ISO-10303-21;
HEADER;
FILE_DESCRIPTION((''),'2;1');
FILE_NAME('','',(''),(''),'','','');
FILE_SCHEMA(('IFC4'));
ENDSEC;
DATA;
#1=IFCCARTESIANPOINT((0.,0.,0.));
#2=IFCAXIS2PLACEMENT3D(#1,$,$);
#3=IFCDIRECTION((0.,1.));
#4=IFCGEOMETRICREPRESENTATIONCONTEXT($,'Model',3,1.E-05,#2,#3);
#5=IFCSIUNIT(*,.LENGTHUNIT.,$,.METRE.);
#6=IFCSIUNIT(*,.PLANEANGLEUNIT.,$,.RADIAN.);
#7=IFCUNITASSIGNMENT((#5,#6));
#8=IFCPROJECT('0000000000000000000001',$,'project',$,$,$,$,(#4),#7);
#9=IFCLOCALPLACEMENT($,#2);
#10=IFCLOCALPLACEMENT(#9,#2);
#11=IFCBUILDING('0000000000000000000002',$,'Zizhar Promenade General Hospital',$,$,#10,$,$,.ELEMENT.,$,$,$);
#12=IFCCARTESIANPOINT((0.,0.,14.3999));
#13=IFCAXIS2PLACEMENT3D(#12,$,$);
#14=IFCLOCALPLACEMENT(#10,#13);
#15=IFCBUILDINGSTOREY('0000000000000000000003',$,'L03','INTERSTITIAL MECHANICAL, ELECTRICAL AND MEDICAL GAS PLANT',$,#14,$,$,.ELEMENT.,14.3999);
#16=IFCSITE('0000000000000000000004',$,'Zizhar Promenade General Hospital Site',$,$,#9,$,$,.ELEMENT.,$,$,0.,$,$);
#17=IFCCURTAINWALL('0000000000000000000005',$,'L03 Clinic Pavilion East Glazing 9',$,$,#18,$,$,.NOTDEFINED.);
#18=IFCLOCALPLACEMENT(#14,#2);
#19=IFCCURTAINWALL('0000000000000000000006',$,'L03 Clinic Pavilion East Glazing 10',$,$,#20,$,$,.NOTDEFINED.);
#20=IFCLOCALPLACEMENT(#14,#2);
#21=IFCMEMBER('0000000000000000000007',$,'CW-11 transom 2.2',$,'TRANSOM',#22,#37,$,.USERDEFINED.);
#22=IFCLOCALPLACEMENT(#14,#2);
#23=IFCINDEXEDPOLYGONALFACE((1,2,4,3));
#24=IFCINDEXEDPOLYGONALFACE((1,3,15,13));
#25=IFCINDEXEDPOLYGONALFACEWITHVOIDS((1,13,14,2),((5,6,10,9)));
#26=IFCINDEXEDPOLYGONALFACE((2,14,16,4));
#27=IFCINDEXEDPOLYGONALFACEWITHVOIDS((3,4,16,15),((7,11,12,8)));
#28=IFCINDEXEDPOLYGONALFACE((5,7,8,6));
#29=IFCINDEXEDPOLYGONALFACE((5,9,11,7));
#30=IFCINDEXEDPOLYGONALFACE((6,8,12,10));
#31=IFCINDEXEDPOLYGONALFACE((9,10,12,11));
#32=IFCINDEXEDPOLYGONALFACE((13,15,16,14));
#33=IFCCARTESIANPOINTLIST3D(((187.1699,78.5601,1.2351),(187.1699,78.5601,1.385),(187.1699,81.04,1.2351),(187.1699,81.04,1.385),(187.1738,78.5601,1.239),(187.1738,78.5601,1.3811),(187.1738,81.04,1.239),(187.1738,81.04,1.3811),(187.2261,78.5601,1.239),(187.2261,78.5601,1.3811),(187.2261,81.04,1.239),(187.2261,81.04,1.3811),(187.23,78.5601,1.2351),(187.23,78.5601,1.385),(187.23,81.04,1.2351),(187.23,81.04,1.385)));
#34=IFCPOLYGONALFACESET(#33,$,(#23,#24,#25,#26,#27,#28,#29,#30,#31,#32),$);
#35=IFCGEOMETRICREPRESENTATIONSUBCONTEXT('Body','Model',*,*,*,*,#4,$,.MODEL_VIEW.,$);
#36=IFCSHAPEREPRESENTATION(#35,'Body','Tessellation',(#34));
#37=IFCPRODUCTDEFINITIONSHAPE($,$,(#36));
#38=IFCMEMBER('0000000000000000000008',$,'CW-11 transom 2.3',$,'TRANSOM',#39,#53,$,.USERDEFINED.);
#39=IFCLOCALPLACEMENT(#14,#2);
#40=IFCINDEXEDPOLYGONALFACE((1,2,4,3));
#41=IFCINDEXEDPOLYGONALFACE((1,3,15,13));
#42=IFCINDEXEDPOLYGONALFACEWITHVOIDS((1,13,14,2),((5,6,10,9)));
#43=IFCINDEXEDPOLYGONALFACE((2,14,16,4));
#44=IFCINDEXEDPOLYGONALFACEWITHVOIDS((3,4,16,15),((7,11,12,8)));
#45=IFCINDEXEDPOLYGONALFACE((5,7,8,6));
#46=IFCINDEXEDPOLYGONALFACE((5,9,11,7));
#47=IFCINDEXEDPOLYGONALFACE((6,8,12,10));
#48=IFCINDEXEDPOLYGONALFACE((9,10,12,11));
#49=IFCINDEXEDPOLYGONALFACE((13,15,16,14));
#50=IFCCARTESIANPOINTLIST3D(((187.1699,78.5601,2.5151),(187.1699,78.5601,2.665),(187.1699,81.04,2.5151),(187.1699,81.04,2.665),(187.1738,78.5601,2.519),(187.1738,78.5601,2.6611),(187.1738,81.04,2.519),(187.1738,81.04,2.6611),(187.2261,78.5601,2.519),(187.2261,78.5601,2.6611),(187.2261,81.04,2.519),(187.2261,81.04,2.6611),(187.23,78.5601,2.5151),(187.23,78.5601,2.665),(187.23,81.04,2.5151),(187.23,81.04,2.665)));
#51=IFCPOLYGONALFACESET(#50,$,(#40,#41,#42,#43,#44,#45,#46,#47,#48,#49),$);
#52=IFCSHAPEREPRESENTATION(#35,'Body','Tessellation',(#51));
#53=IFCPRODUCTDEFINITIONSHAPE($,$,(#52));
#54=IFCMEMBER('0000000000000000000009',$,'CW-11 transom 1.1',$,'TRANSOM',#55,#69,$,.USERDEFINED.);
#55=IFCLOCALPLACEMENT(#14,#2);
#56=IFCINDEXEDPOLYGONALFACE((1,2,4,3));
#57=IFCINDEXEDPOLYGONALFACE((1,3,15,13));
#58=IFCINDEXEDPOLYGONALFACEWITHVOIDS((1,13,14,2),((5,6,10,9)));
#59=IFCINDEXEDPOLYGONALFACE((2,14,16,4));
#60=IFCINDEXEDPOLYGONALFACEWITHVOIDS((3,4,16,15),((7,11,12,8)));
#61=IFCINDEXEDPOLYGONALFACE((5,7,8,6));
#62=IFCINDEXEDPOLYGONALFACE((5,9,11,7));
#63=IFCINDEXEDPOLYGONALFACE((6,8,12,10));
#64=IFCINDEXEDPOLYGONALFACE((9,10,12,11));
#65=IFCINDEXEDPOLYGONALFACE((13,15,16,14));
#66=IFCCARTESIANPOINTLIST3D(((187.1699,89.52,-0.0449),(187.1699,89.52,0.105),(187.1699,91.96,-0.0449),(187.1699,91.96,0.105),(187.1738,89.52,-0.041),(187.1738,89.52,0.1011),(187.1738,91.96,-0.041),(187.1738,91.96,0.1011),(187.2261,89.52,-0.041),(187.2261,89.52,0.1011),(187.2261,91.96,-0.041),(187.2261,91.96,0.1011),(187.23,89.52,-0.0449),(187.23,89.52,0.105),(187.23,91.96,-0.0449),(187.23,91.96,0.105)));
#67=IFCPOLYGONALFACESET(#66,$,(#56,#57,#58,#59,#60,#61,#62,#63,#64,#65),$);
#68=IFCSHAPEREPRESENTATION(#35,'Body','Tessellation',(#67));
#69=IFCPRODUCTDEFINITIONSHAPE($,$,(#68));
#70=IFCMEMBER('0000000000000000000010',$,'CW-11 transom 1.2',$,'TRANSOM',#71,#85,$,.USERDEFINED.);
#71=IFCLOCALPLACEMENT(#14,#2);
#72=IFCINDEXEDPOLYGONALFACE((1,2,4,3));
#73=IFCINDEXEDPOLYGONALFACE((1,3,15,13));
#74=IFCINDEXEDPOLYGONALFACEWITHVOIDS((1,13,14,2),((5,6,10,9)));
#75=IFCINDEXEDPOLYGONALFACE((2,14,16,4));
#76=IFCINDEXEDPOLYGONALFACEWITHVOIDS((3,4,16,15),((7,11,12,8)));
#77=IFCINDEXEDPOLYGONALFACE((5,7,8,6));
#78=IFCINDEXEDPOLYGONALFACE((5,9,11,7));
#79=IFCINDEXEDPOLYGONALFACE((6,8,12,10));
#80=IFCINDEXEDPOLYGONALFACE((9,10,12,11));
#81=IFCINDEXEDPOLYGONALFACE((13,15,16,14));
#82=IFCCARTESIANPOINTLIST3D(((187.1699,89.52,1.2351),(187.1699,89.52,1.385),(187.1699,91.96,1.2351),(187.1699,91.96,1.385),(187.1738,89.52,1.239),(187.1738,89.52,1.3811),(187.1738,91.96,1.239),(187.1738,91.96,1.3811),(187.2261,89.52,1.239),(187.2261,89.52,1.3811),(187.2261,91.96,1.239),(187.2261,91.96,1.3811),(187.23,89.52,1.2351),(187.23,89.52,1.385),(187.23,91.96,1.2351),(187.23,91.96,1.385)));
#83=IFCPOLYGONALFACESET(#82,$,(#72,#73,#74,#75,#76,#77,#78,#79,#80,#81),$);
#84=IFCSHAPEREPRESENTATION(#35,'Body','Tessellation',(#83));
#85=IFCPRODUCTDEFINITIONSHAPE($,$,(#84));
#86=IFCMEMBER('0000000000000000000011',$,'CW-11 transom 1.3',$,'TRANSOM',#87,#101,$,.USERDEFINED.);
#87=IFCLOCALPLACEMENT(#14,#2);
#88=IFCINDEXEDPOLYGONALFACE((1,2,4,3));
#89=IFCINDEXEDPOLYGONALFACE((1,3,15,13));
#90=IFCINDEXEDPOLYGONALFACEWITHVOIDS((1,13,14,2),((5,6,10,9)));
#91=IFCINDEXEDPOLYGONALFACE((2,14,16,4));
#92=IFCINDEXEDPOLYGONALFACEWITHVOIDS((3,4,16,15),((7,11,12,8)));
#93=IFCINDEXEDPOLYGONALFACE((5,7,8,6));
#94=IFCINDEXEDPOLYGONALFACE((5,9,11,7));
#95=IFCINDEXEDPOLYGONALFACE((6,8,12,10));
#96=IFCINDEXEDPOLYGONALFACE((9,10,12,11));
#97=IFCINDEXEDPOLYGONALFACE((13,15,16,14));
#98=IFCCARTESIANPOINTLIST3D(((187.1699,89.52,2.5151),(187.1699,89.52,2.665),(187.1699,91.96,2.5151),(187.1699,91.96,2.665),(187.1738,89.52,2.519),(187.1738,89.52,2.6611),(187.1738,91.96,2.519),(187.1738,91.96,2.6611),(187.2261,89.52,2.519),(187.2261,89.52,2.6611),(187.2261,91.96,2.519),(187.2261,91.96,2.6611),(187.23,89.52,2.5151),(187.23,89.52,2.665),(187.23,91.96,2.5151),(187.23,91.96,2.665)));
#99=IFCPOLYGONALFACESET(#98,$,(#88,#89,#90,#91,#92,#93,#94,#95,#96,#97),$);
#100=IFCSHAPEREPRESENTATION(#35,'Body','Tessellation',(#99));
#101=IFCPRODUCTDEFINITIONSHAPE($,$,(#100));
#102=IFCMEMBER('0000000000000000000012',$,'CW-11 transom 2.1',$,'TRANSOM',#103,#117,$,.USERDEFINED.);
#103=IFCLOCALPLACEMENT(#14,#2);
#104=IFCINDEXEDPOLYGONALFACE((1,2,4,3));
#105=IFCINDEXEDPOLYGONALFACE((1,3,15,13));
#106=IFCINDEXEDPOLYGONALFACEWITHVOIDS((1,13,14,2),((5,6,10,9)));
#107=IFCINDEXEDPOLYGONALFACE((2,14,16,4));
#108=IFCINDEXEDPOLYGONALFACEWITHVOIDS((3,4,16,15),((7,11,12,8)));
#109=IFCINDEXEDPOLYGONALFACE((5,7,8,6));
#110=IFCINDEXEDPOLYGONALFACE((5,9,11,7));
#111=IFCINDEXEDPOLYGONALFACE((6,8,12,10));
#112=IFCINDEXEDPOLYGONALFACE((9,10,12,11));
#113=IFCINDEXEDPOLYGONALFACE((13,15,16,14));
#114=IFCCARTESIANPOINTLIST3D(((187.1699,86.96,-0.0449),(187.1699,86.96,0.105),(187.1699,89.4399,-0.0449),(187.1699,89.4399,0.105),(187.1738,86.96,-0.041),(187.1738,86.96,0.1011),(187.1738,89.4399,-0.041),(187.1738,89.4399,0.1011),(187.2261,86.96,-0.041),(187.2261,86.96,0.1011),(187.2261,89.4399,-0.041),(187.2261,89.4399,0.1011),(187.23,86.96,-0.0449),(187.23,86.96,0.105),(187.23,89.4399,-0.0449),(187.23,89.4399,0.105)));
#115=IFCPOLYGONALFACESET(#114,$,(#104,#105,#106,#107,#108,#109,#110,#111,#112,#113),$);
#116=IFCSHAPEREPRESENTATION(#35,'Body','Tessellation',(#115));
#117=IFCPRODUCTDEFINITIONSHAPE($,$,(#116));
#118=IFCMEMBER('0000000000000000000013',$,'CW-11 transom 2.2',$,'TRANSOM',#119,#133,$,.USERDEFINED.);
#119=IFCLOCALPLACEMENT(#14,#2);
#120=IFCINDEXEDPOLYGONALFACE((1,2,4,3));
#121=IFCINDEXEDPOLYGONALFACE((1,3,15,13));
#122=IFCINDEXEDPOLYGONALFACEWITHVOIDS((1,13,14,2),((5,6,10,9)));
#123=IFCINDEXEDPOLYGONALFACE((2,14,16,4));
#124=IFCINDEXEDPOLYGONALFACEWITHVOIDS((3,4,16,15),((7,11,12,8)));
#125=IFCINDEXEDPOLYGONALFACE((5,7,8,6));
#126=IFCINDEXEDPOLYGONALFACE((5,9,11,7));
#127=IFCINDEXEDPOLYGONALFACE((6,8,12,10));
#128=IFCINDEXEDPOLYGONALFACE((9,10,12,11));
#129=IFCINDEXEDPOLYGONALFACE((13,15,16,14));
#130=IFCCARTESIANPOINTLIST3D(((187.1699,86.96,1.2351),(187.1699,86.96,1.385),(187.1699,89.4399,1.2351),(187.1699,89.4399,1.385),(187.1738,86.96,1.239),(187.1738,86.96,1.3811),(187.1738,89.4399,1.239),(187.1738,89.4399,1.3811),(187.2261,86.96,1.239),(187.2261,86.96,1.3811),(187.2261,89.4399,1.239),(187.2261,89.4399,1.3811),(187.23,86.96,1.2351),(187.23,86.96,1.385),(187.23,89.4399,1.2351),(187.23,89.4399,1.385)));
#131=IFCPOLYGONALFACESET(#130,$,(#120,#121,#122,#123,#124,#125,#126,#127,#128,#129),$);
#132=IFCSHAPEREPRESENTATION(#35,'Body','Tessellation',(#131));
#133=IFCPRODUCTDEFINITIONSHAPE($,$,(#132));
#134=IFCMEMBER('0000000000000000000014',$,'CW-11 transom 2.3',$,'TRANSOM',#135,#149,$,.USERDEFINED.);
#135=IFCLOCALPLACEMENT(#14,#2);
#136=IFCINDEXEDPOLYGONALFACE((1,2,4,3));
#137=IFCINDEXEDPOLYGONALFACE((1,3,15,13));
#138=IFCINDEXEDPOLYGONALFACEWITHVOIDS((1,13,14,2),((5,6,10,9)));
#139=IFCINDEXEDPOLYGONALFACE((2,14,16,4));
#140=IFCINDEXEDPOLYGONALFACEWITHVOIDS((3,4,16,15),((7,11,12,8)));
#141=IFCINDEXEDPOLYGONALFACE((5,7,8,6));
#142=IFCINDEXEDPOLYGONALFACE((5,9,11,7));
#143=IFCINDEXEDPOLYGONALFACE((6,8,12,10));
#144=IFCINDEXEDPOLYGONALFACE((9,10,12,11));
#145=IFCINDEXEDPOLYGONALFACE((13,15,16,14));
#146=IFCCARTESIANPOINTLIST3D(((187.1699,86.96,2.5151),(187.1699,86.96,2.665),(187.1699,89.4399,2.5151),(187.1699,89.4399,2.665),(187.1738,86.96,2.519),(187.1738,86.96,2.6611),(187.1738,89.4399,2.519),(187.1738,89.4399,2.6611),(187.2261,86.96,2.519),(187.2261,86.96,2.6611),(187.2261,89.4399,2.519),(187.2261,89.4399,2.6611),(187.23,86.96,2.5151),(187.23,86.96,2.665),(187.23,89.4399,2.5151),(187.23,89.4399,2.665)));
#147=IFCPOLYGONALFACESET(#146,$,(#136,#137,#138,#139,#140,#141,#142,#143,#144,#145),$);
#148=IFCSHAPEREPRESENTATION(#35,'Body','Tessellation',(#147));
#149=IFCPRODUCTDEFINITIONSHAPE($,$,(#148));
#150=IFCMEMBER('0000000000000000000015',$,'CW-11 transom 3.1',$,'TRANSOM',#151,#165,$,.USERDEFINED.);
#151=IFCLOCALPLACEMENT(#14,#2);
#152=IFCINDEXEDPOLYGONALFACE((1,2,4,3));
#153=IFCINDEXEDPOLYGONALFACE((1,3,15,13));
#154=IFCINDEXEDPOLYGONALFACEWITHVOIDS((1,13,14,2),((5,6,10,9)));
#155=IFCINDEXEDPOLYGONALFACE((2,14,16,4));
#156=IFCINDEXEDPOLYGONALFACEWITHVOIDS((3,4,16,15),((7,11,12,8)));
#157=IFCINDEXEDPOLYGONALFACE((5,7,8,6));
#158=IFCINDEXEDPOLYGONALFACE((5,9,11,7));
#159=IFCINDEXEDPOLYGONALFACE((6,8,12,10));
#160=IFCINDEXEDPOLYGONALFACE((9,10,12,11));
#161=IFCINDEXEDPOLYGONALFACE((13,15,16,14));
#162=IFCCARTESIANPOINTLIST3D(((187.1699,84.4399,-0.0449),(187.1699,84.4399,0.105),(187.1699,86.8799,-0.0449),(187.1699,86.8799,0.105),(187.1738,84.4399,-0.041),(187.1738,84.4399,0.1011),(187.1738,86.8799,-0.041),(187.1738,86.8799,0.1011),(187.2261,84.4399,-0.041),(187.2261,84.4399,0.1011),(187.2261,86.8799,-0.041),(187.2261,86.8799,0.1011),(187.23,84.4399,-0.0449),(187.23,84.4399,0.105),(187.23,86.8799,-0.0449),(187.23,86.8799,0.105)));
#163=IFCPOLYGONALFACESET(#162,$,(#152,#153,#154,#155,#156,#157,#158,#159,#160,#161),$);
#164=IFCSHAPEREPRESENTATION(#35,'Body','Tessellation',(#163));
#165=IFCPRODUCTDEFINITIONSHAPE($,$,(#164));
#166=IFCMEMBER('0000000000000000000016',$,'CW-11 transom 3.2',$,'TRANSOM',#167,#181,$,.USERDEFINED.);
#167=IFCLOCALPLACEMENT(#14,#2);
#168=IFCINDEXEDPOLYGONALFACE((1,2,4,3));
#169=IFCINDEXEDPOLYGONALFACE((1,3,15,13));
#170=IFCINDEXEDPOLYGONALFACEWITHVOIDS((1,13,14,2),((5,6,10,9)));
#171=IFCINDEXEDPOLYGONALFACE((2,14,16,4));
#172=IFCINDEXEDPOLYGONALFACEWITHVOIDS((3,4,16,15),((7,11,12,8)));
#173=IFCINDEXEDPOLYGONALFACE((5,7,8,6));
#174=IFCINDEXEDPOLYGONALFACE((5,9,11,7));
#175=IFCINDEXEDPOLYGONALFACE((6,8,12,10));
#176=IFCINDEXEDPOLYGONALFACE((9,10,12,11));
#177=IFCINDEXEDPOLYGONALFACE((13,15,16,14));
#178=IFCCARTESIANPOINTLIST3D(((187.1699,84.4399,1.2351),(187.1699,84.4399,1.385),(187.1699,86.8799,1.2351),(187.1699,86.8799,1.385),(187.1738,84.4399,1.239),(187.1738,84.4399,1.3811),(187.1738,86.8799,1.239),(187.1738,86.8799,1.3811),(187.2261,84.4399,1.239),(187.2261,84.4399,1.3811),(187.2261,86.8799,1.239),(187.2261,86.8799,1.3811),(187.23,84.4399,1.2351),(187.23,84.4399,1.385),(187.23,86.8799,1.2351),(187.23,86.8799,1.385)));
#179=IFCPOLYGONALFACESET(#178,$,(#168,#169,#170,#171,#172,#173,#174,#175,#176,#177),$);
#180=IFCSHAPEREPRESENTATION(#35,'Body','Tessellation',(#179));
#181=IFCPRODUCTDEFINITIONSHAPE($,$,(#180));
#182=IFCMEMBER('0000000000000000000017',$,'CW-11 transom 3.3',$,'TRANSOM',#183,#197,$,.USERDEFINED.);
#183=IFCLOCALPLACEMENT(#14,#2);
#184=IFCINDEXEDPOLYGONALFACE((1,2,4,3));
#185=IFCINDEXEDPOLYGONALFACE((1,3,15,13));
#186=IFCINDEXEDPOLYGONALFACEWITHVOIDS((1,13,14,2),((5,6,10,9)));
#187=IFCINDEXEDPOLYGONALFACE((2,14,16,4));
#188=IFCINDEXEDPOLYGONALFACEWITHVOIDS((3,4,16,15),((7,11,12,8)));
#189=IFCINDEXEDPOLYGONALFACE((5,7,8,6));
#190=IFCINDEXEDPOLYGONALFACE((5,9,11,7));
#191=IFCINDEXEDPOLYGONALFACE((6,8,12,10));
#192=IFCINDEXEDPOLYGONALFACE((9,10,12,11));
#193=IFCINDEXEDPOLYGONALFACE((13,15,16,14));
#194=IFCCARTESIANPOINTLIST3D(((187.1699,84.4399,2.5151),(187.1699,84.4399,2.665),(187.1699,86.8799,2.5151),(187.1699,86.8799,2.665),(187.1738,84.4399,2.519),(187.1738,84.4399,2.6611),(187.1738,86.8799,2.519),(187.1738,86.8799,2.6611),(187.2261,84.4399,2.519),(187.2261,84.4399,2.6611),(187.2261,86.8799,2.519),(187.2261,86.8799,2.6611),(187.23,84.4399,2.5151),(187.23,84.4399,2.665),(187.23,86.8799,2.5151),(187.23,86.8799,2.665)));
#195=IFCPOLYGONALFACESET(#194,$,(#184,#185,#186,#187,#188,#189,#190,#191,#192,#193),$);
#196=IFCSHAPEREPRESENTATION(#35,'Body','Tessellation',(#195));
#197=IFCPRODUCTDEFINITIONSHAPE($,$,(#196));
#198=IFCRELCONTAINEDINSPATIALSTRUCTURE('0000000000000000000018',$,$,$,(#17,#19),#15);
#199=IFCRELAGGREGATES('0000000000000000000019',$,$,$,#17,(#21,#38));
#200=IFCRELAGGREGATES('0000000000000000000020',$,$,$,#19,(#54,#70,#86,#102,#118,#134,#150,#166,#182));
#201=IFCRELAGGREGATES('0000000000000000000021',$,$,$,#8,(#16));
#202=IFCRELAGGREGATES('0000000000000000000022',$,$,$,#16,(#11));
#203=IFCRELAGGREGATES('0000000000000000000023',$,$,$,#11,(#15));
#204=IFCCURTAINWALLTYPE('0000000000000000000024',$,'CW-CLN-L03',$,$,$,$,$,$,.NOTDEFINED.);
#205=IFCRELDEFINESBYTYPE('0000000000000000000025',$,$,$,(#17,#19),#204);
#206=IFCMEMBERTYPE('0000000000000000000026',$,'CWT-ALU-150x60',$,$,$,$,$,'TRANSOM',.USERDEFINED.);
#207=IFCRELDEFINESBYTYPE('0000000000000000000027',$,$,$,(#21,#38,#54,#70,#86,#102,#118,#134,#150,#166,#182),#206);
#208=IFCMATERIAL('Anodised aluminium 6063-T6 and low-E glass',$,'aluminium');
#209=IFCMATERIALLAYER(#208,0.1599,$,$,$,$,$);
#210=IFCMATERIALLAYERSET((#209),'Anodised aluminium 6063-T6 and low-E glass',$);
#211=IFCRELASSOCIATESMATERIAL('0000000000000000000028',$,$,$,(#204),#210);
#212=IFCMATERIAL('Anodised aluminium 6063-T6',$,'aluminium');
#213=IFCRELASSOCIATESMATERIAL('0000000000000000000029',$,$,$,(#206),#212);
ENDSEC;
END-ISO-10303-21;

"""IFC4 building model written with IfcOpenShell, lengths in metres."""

from ifc_helpers import new_model, si_unit, direction, frame, origin, origin_2d, place, context, subcontext, project, spatial, hollow_rectangle, extrude, material, layer, layer_set, material_profile, profile_set, type_object, element, aggregate, save


model = new_model("IFC4")

# Units and contexts
model_context = context("Model", 3, precision=1e-05, world=origin(), true_north=direction((0.0, 1.0)))
body_context = subcontext(model_context, "Body", "Model", "MODEL_VIEW")
ifc_project = project(units=[si_unit("LENGTHUNIT", "METRE"), si_unit("PLANEANGLEUNIT", "RADIAN")], contexts=[model_context])

# Site, building, storey
site_placement = place(None, origin())
site = spatial("IfcSite", under=ifc_project, at=site_placement, Name="Zizhar Promenade General Hospital Site", CompositionType="ELEMENT", RefElevation=0.0)
building_placement = place(site_placement, origin())
building = spatial("IfcBuilding", under=site, at=building_placement, Name="Zizhar Promenade General Hospital", CompositionType="ELEMENT")
storey_placement = place(building_placement, frame((0.0, 0.0, 14.3999)))
storey = spatial("IfcBuildingStorey", under=building, at=storey_placement, Name="L03", Description="INTERSTITIAL MECHANICAL, ELECTRICAL AND MEDICAL GAS PLANT", CompositionType="ELEMENT", Elevation=14.3999)

# Curtain walls
ifc_material_1 = material(Name="Anodised aluminium 6063-T6 and low-E glass", Category="aluminium")
ifc_layer_1 = layer(ifc_material_1, 0.1599)
ifc_layer_set_1 = layer_set([ifc_layer_1], Name="Anodised aluminium 6063-T6 and low-E glass")
curtain_wall_type = type_object("IfcCurtainWallType", Name="CW-CLN-L03", PredefinedType="NOTDEFINED", material=ifc_layer_set_1)
curtain_wall_1_placement = place(storey_placement, origin())
curtain_wall_1 = element("IfcCurtainWall", 1, at=curtain_wall_1_placement, inside=storey, type_object=curtain_wall_type, Name="L03 Clinic Pavilion East Glazing 9", PredefinedType="NOTDEFINED")
curtain_wall_2_placement = place(storey_placement, origin())
curtain_wall_2 = element("IfcCurtainWall", 2, at=curtain_wall_2_placement, inside=storey, type_object=curtain_wall_type, Name="L03 Clinic Pavilion East Glazing 10", PredefinedType="NOTDEFINED")

# Members
ifc_material_2 = material(Name="Anodised aluminium 6063-T6", Category="aluminium")
ifc_material_profile_1 = material_profile(ifc_material_2, hollow_rectangle(XDim=0.0601, YDim=0.1499, WallThickness=0.0039, at=origin_2d()))
ifc_profile_set_1 = profile_set([ifc_material_profile_1], Name="Anodised aluminium 6063-T6")
member_type_1 = type_object("IfcMemberType", Name="CWT-ALU-150x60", ElementType="TRANSOM", PredefinedType="USERDEFINED", material=ifc_profile_set_1)
member_1_placement = place(storey_placement, frame((187.2, 81.04, 1.3101), z_axis=(0.0, -1.0, 0.0), x_axis=(1.0, 0.0, 0.0)))
member_1 = element("IfcMember", 3, at=member_1_placement, type_object=member_type_1, Name="CW-11 transom 2.2", ObjectType="TRANSOM", PredefinedType="USERDEFINED", context=body_context, shape_type="SweptSolid", body=[
    extrude(hollow_rectangle(XDim=0.0601, YDim=0.1499, WallThickness=0.0039, at=origin_2d()), origin(), (0.0, 0.0, 1.0), 2.48),
])
member_2_placement = place(storey_placement, frame((187.2, 81.04, 2.5901), z_axis=(0.0, -1.0, 0.0), x_axis=(1.0, 0.0, 0.0)))
member_2 = element("IfcMember", 4, at=member_2_placement, type_object=member_type_1, Name="CW-11 transom 2.3", ObjectType="TRANSOM", PredefinedType="USERDEFINED", context=body_context, shape_type="SweptSolid", body=[
    extrude(hollow_rectangle(XDim=0.0601, YDim=0.1499, WallThickness=0.0039, at=origin_2d()), origin(), (0.0, 0.0, 1.0), 2.48),
])
member_3_placement = place(storey_placement, frame((187.2, 91.96, 0.03), z_axis=(0.0, -1.0, 0.0), x_axis=(1.0, 0.0, 0.0)))
member_3 = element("IfcMember", 5, at=member_3_placement, type_object=member_type_1, Name="CW-11 transom 1.1", ObjectType="TRANSOM", PredefinedType="USERDEFINED", context=body_context, shape_type="SweptSolid", body=[
    extrude(hollow_rectangle(XDim=0.0601, YDim=0.1499, WallThickness=0.0039, at=origin_2d()), origin(), (0.0, 0.0, 1.0), 2.4399),
])
member_4_placement = place(storey_placement, frame((187.2, 91.96, 1.3101), z_axis=(0.0, -1.0, 0.0), x_axis=(1.0, 0.0, 0.0)))
member_4 = element("IfcMember", 6, at=member_4_placement, type_object=member_type_1, Name="CW-11 transom 1.2", ObjectType="TRANSOM", PredefinedType="USERDEFINED", context=body_context, shape_type="SweptSolid", body=[
    extrude(hollow_rectangle(XDim=0.0601, YDim=0.1499, WallThickness=0.0039, at=origin_2d()), origin(), (0.0, 0.0, 1.0), 2.4399),
])
member_5_placement = place(storey_placement, frame((187.2, 91.96, 2.5901), z_axis=(0.0, -1.0, 0.0), x_axis=(1.0, 0.0, 0.0)))
member_5 = element("IfcMember", 7, at=member_5_placement, type_object=member_type_1, Name="CW-11 transom 1.3", ObjectType="TRANSOM", PredefinedType="USERDEFINED", context=body_context, shape_type="SweptSolid", body=[
    extrude(hollow_rectangle(XDim=0.0601, YDim=0.1499, WallThickness=0.0039, at=origin_2d()), origin(), (0.0, 0.0, 1.0), 2.4399),
])
member_6_placement = place(storey_placement, frame((187.2, 89.4399, 0.03), z_axis=(0.0, -1.0, 0.0), x_axis=(1.0, 0.0, 0.0)))
member_6 = element("IfcMember", 8, at=member_6_placement, type_object=member_type_1, Name="CW-11 transom 2.1", ObjectType="TRANSOM", PredefinedType="USERDEFINED", context=body_context, shape_type="SweptSolid", body=[
    extrude(hollow_rectangle(XDim=0.0601, YDim=0.1499, WallThickness=0.0039, at=origin_2d()), origin(), (0.0, 0.0, 1.0), 2.48),
])
member_7_placement = place(storey_placement, frame((187.2, 89.4399, 1.3101), z_axis=(0.0, -1.0, 0.0), x_axis=(1.0, 0.0, 0.0)))
member_7 = element("IfcMember", 9, at=member_7_placement, type_object=member_type_1, Name="CW-11 transom 2.2", ObjectType="TRANSOM", PredefinedType="USERDEFINED", context=body_context, shape_type="SweptSolid", body=[
    extrude(hollow_rectangle(XDim=0.0601, YDim=0.1499, WallThickness=0.0039, at=origin_2d()), origin(), (0.0, 0.0, 1.0), 2.48),
])
member_8_placement = place(storey_placement, frame((187.2, 89.4399, 2.5901), z_axis=(0.0, -1.0, 0.0), x_axis=(1.0, 0.0, 0.0)))
member_8 = element("IfcMember", 10, at=member_8_placement, type_object=member_type_1, Name="CW-11 transom 2.3", ObjectType="TRANSOM", PredefinedType="USERDEFINED", context=body_context, shape_type="SweptSolid", body=[
    extrude(hollow_rectangle(XDim=0.0601, YDim=0.1499, WallThickness=0.0039, at=origin_2d()), origin(), (0.0, 0.0, 1.0), 2.48),
])
member_9_placement = place(storey_placement, frame((187.2, 86.8799, 0.03), z_axis=(0.0, -1.0, 0.0), x_axis=(1.0, 0.0, 0.0)))
member_9 = element("IfcMember", 11, at=member_9_placement, type_object=member_type_1, Name="CW-11 transom 3.1", ObjectType="TRANSOM", PredefinedType="USERDEFINED", context=body_context, shape_type="SweptSolid", body=[
    extrude(hollow_rectangle(XDim=0.0601, YDim=0.1499, WallThickness=0.0039, at=origin_2d()), origin(), (0.0, 0.0, 1.0), 2.4399),
])
member_10_placement = place(storey_placement, frame((187.2, 86.8799, 1.3101), z_axis=(0.0, -1.0, 0.0), x_axis=(1.0, 0.0, 0.0)))
member_10 = element("IfcMember", 12, at=member_10_placement, type_object=member_type_1, Name="CW-11 transom 3.2", ObjectType="TRANSOM", PredefinedType="USERDEFINED", context=body_context, shape_type="SweptSolid", body=[
    extrude(hollow_rectangle(XDim=0.0601, YDim=0.1499, WallThickness=0.0039, at=origin_2d()), origin(), (0.0, 0.0, 1.0), 2.4399),
])
member_11_placement = place(storey_placement, frame((187.2, 86.8799, 2.5901), z_axis=(0.0, -1.0, 0.0), x_axis=(1.0, 0.0, 0.0)))
member_11 = element("IfcMember", 13, at=member_11_placement, type_object=member_type_1, Name="CW-11 transom 3.3", ObjectType="TRANSOM", PredefinedType="USERDEFINED", context=body_context, shape_type="SweptSolid", body=[
    extrude(hollow_rectangle(XDim=0.0601, YDim=0.1499, WallThickness=0.0039, at=origin_2d()), origin(), (0.0, 0.0, 1.0), 2.4399),
])

aggregate(curtain_wall_1, [member_1, member_2])
aggregate(curtain_wall_2, [member_3, member_4, member_5, member_6, member_7, member_8, member_9, member_10, member_11])

save(model, "model.ifc")
